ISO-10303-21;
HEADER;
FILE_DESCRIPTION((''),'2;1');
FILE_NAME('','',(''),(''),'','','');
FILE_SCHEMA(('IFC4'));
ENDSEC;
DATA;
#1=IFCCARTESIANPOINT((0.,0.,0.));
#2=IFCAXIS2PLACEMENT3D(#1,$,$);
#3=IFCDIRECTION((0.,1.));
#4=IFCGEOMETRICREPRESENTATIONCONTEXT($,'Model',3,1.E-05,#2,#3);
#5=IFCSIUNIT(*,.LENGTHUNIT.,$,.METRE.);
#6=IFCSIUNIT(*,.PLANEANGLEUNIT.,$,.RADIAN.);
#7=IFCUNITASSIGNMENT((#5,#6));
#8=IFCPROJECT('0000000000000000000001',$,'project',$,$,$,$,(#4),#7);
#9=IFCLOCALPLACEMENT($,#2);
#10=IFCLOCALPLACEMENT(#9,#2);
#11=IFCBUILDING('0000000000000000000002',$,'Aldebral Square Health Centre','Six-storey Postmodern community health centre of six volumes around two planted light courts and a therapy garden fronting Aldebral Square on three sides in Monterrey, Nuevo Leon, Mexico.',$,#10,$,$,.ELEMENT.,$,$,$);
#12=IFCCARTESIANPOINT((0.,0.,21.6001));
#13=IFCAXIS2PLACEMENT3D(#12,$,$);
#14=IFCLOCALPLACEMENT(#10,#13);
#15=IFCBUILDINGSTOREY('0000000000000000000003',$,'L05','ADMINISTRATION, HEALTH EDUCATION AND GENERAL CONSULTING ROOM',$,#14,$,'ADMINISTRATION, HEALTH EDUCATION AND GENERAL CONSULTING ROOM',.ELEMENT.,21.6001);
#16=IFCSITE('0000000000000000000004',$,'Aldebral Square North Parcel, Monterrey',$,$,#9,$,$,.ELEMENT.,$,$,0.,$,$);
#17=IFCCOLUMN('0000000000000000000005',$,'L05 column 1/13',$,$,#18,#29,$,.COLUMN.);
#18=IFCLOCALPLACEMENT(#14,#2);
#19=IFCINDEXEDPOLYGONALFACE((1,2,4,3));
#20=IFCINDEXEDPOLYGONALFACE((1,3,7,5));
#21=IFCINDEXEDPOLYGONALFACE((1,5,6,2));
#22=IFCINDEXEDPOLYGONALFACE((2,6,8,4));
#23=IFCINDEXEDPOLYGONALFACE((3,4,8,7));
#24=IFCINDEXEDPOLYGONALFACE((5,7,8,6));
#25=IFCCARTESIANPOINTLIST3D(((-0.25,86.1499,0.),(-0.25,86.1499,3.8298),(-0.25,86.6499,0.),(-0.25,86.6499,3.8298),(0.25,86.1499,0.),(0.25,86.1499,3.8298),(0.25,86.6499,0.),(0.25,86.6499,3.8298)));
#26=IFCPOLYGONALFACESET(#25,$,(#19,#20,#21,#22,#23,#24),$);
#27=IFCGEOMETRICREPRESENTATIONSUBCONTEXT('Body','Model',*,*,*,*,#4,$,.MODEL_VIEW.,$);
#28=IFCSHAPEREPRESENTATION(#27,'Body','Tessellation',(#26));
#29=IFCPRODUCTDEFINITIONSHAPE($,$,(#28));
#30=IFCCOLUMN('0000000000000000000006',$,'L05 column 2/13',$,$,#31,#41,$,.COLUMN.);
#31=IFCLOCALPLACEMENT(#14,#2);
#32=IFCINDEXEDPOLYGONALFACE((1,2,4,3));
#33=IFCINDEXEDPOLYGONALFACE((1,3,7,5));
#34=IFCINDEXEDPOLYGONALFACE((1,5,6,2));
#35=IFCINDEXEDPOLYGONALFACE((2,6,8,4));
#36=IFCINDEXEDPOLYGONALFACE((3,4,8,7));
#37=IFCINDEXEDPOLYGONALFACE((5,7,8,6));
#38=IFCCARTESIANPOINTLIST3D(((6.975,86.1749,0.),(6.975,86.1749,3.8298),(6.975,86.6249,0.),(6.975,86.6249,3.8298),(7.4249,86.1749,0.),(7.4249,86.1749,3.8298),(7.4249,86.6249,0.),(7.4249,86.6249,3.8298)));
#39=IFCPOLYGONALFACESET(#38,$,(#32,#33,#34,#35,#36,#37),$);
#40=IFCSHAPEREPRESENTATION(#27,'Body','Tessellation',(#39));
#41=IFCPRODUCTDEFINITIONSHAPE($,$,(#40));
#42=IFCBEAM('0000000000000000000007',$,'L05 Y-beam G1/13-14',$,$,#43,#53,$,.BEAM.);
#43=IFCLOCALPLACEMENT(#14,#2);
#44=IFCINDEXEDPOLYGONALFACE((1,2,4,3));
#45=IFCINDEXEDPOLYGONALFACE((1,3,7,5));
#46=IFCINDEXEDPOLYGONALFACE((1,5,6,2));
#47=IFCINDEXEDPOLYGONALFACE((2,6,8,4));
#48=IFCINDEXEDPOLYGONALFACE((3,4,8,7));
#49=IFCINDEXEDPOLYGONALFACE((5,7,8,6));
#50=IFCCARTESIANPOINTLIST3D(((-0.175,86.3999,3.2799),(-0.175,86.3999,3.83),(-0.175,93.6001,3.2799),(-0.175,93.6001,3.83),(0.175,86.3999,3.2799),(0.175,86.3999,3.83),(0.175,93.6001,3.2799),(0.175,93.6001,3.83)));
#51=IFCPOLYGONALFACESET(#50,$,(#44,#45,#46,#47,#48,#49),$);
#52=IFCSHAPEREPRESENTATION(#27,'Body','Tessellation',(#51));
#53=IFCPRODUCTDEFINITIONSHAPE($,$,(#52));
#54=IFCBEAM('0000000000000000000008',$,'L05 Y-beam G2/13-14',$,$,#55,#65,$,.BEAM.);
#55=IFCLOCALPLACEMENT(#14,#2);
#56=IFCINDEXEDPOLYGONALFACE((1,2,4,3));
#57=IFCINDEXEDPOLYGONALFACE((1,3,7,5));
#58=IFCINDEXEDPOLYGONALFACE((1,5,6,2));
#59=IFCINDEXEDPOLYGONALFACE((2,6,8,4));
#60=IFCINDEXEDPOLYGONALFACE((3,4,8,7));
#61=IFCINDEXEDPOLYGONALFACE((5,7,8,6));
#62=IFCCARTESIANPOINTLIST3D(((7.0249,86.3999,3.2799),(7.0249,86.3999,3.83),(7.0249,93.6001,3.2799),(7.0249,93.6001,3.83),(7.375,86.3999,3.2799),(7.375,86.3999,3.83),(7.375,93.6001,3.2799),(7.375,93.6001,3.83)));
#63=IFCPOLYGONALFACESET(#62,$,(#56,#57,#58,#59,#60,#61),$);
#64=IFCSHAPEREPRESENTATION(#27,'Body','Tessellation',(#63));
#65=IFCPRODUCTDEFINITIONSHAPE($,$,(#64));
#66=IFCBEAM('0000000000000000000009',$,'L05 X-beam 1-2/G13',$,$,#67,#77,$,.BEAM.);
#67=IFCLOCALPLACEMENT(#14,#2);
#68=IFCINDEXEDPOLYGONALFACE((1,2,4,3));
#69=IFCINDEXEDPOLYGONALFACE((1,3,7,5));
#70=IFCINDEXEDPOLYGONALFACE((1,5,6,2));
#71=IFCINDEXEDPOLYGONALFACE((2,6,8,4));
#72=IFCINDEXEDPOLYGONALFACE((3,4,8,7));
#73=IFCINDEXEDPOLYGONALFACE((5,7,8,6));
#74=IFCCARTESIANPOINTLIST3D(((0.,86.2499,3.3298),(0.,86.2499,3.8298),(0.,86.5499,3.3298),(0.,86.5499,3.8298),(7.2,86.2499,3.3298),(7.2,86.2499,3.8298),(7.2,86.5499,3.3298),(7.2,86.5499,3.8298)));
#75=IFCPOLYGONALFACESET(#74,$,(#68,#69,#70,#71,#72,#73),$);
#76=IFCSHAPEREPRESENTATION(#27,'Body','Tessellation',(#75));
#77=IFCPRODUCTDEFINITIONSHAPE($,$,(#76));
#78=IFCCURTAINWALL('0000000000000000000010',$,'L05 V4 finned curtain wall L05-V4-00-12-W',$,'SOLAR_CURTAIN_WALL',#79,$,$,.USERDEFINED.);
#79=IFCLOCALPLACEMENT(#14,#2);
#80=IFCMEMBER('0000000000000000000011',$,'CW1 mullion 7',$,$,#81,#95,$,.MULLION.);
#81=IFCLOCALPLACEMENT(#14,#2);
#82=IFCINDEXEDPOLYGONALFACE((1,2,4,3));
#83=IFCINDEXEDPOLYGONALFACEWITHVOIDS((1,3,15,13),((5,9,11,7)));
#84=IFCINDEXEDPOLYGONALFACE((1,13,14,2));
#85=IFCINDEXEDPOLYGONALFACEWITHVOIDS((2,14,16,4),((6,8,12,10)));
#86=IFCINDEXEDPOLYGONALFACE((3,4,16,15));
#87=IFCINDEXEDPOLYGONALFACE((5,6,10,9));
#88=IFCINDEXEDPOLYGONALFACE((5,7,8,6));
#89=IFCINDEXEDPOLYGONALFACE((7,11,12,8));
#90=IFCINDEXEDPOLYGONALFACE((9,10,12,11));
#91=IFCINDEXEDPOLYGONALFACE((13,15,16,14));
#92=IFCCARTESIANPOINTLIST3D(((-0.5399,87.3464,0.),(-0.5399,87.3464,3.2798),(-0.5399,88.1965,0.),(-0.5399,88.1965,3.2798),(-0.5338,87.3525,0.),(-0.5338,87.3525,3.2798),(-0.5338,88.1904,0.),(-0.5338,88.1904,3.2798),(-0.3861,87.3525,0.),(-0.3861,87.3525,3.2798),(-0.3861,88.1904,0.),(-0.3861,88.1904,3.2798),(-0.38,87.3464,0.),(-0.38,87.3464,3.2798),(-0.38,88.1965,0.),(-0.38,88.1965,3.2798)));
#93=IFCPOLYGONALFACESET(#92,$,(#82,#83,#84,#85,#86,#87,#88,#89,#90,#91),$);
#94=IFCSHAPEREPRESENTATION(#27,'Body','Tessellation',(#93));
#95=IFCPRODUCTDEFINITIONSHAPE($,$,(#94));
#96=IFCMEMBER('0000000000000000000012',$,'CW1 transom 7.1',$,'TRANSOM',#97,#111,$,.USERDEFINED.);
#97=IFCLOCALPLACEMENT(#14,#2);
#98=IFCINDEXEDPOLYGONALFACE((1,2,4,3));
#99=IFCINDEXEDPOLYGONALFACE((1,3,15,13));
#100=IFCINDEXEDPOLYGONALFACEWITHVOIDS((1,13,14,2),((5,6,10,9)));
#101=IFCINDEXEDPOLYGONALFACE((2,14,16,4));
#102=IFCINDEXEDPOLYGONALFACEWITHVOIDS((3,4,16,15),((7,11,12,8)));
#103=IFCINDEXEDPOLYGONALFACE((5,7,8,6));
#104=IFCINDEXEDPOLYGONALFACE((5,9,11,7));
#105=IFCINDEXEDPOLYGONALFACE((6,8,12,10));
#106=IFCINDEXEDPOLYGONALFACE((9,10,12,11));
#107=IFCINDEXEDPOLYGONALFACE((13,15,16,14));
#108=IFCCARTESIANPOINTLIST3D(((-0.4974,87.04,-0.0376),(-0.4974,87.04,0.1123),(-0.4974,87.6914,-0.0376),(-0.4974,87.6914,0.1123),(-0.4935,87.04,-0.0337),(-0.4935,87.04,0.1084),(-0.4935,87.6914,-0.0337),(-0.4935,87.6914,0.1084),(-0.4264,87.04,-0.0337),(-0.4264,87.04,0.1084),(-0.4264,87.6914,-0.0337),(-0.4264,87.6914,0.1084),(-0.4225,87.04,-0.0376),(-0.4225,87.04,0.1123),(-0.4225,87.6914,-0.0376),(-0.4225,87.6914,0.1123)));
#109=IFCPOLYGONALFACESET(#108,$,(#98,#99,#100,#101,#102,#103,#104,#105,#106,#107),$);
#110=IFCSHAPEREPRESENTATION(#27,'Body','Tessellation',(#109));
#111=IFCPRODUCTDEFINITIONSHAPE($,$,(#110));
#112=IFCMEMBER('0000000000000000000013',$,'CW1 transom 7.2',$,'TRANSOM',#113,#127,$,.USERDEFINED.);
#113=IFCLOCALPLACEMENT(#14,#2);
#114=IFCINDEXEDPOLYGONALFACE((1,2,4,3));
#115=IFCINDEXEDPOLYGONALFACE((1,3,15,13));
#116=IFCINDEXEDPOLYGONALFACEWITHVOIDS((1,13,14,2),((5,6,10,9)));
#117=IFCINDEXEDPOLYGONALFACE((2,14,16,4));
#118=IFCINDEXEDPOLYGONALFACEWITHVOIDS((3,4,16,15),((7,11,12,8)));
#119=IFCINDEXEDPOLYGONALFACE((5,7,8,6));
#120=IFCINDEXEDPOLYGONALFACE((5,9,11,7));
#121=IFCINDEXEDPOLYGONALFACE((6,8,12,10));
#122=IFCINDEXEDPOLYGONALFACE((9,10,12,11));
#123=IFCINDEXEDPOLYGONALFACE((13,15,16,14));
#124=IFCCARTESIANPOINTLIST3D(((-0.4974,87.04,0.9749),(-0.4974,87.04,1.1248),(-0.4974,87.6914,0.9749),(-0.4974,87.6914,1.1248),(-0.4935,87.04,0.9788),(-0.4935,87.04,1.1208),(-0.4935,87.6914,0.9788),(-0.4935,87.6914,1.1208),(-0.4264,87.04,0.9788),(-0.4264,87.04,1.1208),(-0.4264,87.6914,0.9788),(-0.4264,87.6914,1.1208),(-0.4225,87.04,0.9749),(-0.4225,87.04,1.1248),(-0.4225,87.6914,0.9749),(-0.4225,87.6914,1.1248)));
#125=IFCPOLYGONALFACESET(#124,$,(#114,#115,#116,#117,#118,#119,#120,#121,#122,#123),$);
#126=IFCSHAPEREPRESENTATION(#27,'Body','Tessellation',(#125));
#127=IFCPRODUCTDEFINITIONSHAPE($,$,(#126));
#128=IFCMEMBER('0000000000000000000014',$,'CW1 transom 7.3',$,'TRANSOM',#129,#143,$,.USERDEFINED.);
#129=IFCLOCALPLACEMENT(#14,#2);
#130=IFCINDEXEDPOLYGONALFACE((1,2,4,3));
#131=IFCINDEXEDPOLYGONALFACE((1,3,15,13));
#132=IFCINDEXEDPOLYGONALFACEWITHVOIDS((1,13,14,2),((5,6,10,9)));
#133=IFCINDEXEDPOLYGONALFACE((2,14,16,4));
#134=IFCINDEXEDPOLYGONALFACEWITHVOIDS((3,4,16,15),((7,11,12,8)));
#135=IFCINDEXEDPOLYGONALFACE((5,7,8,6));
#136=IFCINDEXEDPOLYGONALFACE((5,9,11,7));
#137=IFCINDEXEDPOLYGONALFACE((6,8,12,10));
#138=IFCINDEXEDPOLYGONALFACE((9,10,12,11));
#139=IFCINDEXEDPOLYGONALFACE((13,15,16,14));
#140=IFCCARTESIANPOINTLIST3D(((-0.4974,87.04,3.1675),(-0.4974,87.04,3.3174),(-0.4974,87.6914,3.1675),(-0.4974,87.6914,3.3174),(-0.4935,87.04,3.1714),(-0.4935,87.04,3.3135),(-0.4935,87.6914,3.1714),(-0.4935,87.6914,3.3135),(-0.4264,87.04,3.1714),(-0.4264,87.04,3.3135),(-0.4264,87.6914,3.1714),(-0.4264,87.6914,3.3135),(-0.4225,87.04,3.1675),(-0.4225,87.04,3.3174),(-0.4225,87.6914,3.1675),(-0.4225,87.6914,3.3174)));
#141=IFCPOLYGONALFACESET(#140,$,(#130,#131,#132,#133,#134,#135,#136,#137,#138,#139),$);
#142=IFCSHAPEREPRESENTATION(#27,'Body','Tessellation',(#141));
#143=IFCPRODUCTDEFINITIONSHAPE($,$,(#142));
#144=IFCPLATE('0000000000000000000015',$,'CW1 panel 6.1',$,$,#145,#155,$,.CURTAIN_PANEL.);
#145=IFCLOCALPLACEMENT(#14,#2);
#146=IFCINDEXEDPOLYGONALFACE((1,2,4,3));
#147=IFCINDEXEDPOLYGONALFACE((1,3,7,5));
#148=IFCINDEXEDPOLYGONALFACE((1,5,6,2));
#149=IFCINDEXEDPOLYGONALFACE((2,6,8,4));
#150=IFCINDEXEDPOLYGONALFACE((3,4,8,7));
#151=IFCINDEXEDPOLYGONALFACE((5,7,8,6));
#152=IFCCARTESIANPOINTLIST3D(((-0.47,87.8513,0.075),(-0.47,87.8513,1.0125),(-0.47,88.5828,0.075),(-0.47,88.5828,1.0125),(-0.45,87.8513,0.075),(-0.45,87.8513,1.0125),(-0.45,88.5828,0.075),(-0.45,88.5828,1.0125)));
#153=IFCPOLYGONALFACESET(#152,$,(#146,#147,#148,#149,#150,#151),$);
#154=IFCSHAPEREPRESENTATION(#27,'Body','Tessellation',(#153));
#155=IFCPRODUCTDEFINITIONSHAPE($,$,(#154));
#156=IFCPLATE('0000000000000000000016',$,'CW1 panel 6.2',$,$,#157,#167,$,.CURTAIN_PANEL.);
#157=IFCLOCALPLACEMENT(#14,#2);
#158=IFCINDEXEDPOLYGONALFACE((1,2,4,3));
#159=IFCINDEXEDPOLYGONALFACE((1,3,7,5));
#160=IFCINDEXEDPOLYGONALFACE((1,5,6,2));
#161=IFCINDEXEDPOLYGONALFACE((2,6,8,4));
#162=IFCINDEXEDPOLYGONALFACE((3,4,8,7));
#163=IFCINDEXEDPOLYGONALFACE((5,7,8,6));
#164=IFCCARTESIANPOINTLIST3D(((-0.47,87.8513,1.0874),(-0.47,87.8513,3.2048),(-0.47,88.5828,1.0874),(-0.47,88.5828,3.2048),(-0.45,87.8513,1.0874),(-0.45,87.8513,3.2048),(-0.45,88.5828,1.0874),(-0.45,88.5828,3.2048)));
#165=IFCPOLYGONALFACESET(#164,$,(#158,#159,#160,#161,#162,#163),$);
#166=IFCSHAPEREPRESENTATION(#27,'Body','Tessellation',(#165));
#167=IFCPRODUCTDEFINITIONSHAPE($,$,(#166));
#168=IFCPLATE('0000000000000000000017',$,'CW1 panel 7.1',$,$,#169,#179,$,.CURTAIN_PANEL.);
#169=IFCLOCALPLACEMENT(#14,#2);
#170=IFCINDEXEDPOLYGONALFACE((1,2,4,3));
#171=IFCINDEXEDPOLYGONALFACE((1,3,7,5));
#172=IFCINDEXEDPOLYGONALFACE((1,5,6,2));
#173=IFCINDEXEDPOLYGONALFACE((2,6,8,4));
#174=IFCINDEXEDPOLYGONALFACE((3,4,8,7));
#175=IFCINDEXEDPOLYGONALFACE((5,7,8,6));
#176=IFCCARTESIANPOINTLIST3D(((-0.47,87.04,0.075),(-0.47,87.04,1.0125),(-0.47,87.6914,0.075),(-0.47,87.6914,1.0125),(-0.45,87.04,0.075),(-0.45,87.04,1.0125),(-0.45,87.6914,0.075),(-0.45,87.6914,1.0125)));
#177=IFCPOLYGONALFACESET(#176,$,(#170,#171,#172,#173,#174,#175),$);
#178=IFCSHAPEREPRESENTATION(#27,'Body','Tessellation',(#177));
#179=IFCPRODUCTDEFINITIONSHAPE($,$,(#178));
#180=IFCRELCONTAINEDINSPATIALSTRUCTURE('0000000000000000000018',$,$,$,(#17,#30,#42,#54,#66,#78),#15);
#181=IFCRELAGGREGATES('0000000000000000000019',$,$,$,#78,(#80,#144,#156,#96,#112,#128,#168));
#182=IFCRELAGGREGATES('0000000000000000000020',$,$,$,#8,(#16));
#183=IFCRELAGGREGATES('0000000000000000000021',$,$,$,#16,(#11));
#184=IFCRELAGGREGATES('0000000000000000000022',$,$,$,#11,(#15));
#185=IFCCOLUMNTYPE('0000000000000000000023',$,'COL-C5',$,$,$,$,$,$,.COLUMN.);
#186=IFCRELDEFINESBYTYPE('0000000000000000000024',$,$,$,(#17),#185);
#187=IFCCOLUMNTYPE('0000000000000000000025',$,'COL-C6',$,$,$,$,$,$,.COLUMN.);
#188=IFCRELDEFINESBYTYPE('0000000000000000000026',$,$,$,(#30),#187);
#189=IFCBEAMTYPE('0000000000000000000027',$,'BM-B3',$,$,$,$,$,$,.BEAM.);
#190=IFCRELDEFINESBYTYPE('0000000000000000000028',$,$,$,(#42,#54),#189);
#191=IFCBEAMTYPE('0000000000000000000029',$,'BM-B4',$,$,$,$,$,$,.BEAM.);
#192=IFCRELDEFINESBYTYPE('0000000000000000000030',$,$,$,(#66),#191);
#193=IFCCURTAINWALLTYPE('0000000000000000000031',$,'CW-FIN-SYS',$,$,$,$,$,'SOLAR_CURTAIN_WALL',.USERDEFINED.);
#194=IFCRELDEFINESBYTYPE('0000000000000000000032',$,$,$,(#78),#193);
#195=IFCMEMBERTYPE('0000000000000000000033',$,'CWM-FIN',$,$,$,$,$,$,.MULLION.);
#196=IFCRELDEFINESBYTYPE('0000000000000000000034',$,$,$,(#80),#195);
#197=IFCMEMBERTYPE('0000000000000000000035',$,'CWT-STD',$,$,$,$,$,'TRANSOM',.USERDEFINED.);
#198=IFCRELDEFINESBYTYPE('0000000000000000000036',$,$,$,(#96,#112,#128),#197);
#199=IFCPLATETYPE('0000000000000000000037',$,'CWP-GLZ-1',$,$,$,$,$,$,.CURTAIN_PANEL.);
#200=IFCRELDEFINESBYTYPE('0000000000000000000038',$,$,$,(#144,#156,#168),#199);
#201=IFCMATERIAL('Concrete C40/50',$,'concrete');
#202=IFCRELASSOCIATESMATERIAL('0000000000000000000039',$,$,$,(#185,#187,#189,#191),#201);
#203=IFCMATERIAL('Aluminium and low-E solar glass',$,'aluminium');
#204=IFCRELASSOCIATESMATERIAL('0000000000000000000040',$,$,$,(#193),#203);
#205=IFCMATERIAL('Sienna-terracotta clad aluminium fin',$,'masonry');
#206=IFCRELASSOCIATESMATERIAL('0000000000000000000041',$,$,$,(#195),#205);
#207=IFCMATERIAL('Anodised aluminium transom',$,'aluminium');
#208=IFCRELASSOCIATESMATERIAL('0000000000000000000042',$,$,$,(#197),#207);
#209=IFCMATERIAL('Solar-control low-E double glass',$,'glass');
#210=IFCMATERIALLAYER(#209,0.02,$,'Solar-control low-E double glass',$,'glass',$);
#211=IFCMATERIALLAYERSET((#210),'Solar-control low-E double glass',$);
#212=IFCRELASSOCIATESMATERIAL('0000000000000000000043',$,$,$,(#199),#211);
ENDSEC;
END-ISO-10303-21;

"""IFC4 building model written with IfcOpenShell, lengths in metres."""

from ifc_helpers import new_model, si_unit, direction, frame, origin, origin_2d, place, context, subcontext, project, spatial, rectangle, hollow_rectangle, extrude, material, layer, layer_set, material_profile, profile_set, type_object, element, aggregate, save


model = new_model("IFC4")

# Units and contexts
model_context = context("Model", 3, precision=1e-05, world=origin(), true_north=direction((0.0, 1.0)))
body_context = subcontext(model_context, "Body", "Model", "MODEL_VIEW")
ifc_project = project(units=[si_unit("LENGTHUNIT", "METRE"), si_unit("PLANEANGLEUNIT", "RADIAN")], contexts=[model_context])

# Site, building, storey
site_placement = place(None, origin())
site = spatial("IfcSite", under=ifc_project, at=site_placement, Name="Aldebral Square North Parcel, Monterrey", CompositionType="ELEMENT", RefElevation=0.0)
building_placement = place(site_placement, origin())
building = spatial("IfcBuilding", under=site, at=building_placement, Name="Aldebral Square Health Centre", Description="Six-storey Postmodern community health centre of six volumes around two planted light courts and a therapy garden fronting Aldebral Square on three sides in Monterrey, Nuevo Leon, Mexico.", CompositionType="ELEMENT")
storey_placement = place(building_placement, frame((0.0, 0.0, 21.6001)))
storey = spatial("IfcBuildingStorey", under=building, at=storey_placement, Name="L05", Description="ADMINISTRATION, HEALTH EDUCATION AND GENERAL CONSULTING ROOM", LongName="ADMINISTRATION, HEALTH EDUCATION AND GENERAL CONSULTING ROOM", CompositionType="ELEMENT", Elevation=21.6001)

# Columns
ifc_material_1 = material(Name="Concrete C40/50", Category="concrete")
ifc_material_profile_1 = material_profile(ifc_material_1, rectangle(XDim=0.5, YDim=0.5, at=origin_2d()), Name="RC 500x500")
ifc_profile_set_1 = profile_set([ifc_material_profile_1], Name="Concrete C40/50")
column_type_1 = type_object("IfcColumnType", Name="COL-C5", PredefinedType="COLUMN", material=ifc_profile_set_1)
column_1_placement = place(storey_placement, frame((0.0, 86.3999, 0.0), z_axis=(0.0, 0.0, 1.0), x_axis=(1.0, 0.0, 0.0)))
element("IfcColumn", 1, at=column_1_placement, inside=storey, type_object=column_type_1, Name="L05 column 1/13", PredefinedType="COLUMN", context=body_context, shape_type="SweptSolid", body=[
    extrude(rectangle(XDim=0.5, YDim=0.5, at=origin_2d()), origin(), (0.0, 0.0, 1.0), 3.8298),
])
ifc_material_profile_2 = material_profile(ifc_material_1, rectangle(XDim=0.45, YDim=0.45, at=origin_2d()), Name="RC 450x450")
ifc_profile_set_2 = profile_set([ifc_material_profile_2], Name="Concrete C40/50")
column_type_2 = type_object("IfcColumnType", Name="COL-C6", PredefinedType="COLUMN", material=ifc_profile_set_2)
column_2_placement = place(storey_placement, frame((7.2, 86.3999, 0.0), z_axis=(0.0, 0.0, 1.0), x_axis=(1.0, 0.0, 0.0)))
element("IfcColumn", 2, at=column_2_placement, inside=storey, type_object=column_type_2, Name="L05 column 2/13", PredefinedType="COLUMN", context=body_context, shape_type="SweptSolid", body=[
    extrude(rectangle(XDim=0.45, YDim=0.45, at=origin_2d()), origin(), (0.0, 0.0, 1.0), 3.8298),
])

# Beams
ifc_material_profile_3 = material_profile(ifc_material_1, rectangle(XDim=0.3501, YDim=0.55, at=origin_2d()), Name="RC 350x550")
ifc_profile_set_3 = profile_set([ifc_material_profile_3], Name="Concrete C40/50")
beam_type_1 = type_object("IfcBeamType", Name="BM-B3", PredefinedType="BEAM", material=ifc_profile_set_3)
for number, where, z_axis, x_axis, name in (
    (3, (0.0, 86.3999, 3.5549), (0.0, 1.0, 0.0), (-1.0, 0.0, 0.0), "L05 Y-beam G1/13-14"),
    (4, (7.2, 86.3999, 3.5549), (0.0, 1.0, 0.0), (-1.0, 0.0, 0.0), "L05 Y-beam G2/13-14"),
):
    element("IfcBeam", number, at=place(storey_placement, frame(where, z_axis=z_axis, x_axis=x_axis)), inside=storey, type_object=beam_type_1, Name=name, PredefinedType="BEAM", context=body_context, shape_type="SweptSolid", body=[
        extrude(rectangle(XDim=0.3501, YDim=0.55, at=origin_2d()), origin(), (0.0, 0.0, 1.0), 7.2002),
    ])
ifc_material_profile_4 = material_profile(ifc_material_1, rectangle(XDim=0.3, YDim=0.5, at=origin_2d()), Name="RC 300x500")
ifc_profile_set_4 = profile_set([ifc_material_profile_4], Name="Concrete C40/50")
beam_type_2 = type_object("IfcBeamType", Name="BM-B4", PredefinedType="BEAM", material=ifc_profile_set_4)
beam_placement = place(storey_placement, frame((0.0, 86.3999, 3.5798), z_axis=(1.0, 0.0, 0.0), x_axis=(0.0, 1.0, 0.0)))
element("IfcBeam", 5, at=beam_placement, inside=storey, type_object=beam_type_2, Name="L05 X-beam 1-2/G13", PredefinedType="BEAM", context=body_context, shape_type="SweptSolid", body=[
    extrude(rectangle(XDim=0.3, YDim=0.5, at=origin_2d()), origin(), (0.0, 0.0, 1.0), 7.2),
])

# Curtain wall, members, plates
ifc_material_2 = material(Name="Aluminium and low-E solar glass", Category="aluminium")
curtain_wall_type = type_object("IfcCurtainWallType", Name="CW-FIN-SYS", ElementType="SOLAR_CURTAIN_WALL", PredefinedType="USERDEFINED", material=ifc_material_2)
curtain_wall_placement = place(storey_placement, origin())
curtain_wall = element("IfcCurtainWall", 6, at=curtain_wall_placement, inside=storey, type_object=curtain_wall_type, Name="L05 V4 finned curtain wall L05-V4-00-12-W", ObjectType="SOLAR_CURTAIN_WALL", PredefinedType="USERDEFINED")
ifc_material_3 = material(Name="Sienna-terracotta clad aluminium fin", Category="masonry")
ifc_material_profile_5 = material_profile(ifc_material_3, hollow_rectangle(XDim=0.1599, YDim=0.8501, WallThickness=0.0061, at=origin_2d()), Name="FIN 160x850x6")
ifc_profile_set_5 = profile_set([ifc_material_profile_5], Name="Sienna-terracotta clad aluminium fin")
member_type_1 = type_object("IfcMemberType", Name="CWM-FIN", PredefinedType="MULLION", material=ifc_profile_set_5)
member_1_placement = place(storey_placement, frame((-0.46, 87.7715, 0.0), z_axis=(0.0, 0.0, 1.0), x_axis=(1.0, 0.0, 0.0)))
member_1 = element("IfcMember", 7, at=member_1_placement, type_object=member_type_1, Name="CW1 mullion 7", PredefinedType="MULLION", context=body_context, shape_type="SweptSolid", body=[
    extrude(hollow_rectangle(XDim=0.1599, YDim=0.8501, WallThickness=0.0061, at=origin_2d()), origin(), (0.0, 0.0, 1.0), 3.2798),
])
ifc_material_4 = material(Name="Anodised aluminium transom", Category="aluminium")
ifc_material_profile_6 = material_profile(ifc_material_4, hollow_rectangle(XDim=0.075, YDim=0.1499, WallThickness=0.0039, at=origin_2d()), Name="CWT 75x150x4")
ifc_profile_set_6 = profile_set([ifc_material_profile_6], Name="Anodised aluminium transom")
member_type_2 = type_object("IfcMemberType", Name="CWT-STD", ElementType="TRANSOM", PredefinedType="USERDEFINED", material=ifc_profile_set_6)
member_2_placement = place(storey_placement, frame((-0.46, 87.6914, 0.0374), z_axis=(0.0, -1.0, 0.0), x_axis=(1.0, 0.0, 0.0)))
member_2 = element("IfcMember", 8, at=member_2_placement, type_object=member_type_2, Name="CW1 transom 7.1", ObjectType="TRANSOM", PredefinedType="USERDEFINED", context=body_context, shape_type="SweptSolid", body=[
    extrude(hollow_rectangle(XDim=0.075, YDim=0.1499, WallThickness=0.0039, at=origin_2d()), origin(), (0.0, 0.0, 1.0), 0.6514),
])
member_3_placement = place(storey_placement, frame((-0.46, 87.6914, 1.0498), z_axis=(0.0, -1.0, 0.0), x_axis=(1.0, 0.0, 0.0)))
member_3 = element("IfcMember", 9, at=member_3_placement, type_object=member_type_2, Name="CW1 transom 7.2", ObjectType="TRANSOM", PredefinedType="USERDEFINED", context=body_context, shape_type="SweptSolid", body=[
    extrude(hollow_rectangle(XDim=0.075, YDim=0.1499, WallThickness=0.0039, at=origin_2d()), origin(), (0.0, 0.0, 1.0), 0.6514),
])
member_4_placement = place(storey_placement, frame((-0.46, 87.6914, 3.2424), z_axis=(0.0, -1.0, 0.0), x_axis=(1.0, 0.0, 0.0)))
member_4 = element("IfcMember", 10, at=member_4_placement, type_object=member_type_2, Name="CW1 transom 7.3", ObjectType="TRANSOM", PredefinedType="USERDEFINED", context=body_context, shape_type="SweptSolid", body=[
    extrude(hollow_rectangle(XDim=0.075, YDim=0.1499, WallThickness=0.0039, at=origin_2d()), origin(), (0.0, 0.0, 1.0), 0.6514),
])
ifc_material_5 = material(Name="Solar-control low-E double glass", Category="glass")
ifc_layer_1 = layer(ifc_material_5, 0.02, Name="Solar-control low-E double glass", Category="glass")
ifc_layer_set_1 = layer_set([ifc_layer_1], Name="Solar-control low-E double glass")
plate_type = type_object("IfcPlateType", Name="CWP-GLZ-1", PredefinedType="CURTAIN_PANEL", material=ifc_layer_set_1)
plate_1_placement = place(storey_placement, frame((-0.46, 88.217, 0.075), z_axis=(0.0, 0.0, 1.0), x_axis=(0.0, -1.0, 0.0)))
plate_1 = element("IfcPlate", 11, at=plate_1_placement, type_object=plate_type, Name="CW1 panel 6.1", PredefinedType="CURTAIN_PANEL", context=body_context, shape_type="SweptSolid", body=[
    extrude(rectangle(XDim=0.7314, YDim=0.02, at=origin_2d()), origin(), (0.0, 0.0, 1.0), 0.9375),
])
plate_2_placement = place(storey_placement, frame((-0.46, 88.217, 1.0874), z_axis=(0.0, 0.0, 1.0), x_axis=(0.0, -1.0, 0.0)))
plate_2 = element("IfcPlate", 12, at=plate_2_placement, type_object=plate_type, Name="CW1 panel 6.2", PredefinedType="CURTAIN_PANEL", context=body_context, shape_type="SweptSolid", body=[
    extrude(rectangle(XDim=0.7314, YDim=0.02, at=origin_2d()), origin(), (0.0, 0.0, 1.0), 2.1174),
])
plate_3_placement = place(storey_placement, frame((-0.46, 87.3657, 0.075), z_axis=(0.0, 0.0, 1.0), x_axis=(0.0, -1.0, 0.0)))
plate_3 = element("IfcPlate", 13, at=plate_3_placement, type_object=plate_type, Name="CW1 panel 7.1", PredefinedType="CURTAIN_PANEL", context=body_context, shape_type="SweptSolid", body=[
    extrude(rectangle(XDim=0.6514, YDim=0.02, at=origin_2d()), origin(), (0.0, 0.0, 1.0), 0.9375),
])
aggregate(curtain_wall, [member_1, plate_1, plate_2, member_2, member_3, member_4, plate_3])

save(model, "model.ifc")
